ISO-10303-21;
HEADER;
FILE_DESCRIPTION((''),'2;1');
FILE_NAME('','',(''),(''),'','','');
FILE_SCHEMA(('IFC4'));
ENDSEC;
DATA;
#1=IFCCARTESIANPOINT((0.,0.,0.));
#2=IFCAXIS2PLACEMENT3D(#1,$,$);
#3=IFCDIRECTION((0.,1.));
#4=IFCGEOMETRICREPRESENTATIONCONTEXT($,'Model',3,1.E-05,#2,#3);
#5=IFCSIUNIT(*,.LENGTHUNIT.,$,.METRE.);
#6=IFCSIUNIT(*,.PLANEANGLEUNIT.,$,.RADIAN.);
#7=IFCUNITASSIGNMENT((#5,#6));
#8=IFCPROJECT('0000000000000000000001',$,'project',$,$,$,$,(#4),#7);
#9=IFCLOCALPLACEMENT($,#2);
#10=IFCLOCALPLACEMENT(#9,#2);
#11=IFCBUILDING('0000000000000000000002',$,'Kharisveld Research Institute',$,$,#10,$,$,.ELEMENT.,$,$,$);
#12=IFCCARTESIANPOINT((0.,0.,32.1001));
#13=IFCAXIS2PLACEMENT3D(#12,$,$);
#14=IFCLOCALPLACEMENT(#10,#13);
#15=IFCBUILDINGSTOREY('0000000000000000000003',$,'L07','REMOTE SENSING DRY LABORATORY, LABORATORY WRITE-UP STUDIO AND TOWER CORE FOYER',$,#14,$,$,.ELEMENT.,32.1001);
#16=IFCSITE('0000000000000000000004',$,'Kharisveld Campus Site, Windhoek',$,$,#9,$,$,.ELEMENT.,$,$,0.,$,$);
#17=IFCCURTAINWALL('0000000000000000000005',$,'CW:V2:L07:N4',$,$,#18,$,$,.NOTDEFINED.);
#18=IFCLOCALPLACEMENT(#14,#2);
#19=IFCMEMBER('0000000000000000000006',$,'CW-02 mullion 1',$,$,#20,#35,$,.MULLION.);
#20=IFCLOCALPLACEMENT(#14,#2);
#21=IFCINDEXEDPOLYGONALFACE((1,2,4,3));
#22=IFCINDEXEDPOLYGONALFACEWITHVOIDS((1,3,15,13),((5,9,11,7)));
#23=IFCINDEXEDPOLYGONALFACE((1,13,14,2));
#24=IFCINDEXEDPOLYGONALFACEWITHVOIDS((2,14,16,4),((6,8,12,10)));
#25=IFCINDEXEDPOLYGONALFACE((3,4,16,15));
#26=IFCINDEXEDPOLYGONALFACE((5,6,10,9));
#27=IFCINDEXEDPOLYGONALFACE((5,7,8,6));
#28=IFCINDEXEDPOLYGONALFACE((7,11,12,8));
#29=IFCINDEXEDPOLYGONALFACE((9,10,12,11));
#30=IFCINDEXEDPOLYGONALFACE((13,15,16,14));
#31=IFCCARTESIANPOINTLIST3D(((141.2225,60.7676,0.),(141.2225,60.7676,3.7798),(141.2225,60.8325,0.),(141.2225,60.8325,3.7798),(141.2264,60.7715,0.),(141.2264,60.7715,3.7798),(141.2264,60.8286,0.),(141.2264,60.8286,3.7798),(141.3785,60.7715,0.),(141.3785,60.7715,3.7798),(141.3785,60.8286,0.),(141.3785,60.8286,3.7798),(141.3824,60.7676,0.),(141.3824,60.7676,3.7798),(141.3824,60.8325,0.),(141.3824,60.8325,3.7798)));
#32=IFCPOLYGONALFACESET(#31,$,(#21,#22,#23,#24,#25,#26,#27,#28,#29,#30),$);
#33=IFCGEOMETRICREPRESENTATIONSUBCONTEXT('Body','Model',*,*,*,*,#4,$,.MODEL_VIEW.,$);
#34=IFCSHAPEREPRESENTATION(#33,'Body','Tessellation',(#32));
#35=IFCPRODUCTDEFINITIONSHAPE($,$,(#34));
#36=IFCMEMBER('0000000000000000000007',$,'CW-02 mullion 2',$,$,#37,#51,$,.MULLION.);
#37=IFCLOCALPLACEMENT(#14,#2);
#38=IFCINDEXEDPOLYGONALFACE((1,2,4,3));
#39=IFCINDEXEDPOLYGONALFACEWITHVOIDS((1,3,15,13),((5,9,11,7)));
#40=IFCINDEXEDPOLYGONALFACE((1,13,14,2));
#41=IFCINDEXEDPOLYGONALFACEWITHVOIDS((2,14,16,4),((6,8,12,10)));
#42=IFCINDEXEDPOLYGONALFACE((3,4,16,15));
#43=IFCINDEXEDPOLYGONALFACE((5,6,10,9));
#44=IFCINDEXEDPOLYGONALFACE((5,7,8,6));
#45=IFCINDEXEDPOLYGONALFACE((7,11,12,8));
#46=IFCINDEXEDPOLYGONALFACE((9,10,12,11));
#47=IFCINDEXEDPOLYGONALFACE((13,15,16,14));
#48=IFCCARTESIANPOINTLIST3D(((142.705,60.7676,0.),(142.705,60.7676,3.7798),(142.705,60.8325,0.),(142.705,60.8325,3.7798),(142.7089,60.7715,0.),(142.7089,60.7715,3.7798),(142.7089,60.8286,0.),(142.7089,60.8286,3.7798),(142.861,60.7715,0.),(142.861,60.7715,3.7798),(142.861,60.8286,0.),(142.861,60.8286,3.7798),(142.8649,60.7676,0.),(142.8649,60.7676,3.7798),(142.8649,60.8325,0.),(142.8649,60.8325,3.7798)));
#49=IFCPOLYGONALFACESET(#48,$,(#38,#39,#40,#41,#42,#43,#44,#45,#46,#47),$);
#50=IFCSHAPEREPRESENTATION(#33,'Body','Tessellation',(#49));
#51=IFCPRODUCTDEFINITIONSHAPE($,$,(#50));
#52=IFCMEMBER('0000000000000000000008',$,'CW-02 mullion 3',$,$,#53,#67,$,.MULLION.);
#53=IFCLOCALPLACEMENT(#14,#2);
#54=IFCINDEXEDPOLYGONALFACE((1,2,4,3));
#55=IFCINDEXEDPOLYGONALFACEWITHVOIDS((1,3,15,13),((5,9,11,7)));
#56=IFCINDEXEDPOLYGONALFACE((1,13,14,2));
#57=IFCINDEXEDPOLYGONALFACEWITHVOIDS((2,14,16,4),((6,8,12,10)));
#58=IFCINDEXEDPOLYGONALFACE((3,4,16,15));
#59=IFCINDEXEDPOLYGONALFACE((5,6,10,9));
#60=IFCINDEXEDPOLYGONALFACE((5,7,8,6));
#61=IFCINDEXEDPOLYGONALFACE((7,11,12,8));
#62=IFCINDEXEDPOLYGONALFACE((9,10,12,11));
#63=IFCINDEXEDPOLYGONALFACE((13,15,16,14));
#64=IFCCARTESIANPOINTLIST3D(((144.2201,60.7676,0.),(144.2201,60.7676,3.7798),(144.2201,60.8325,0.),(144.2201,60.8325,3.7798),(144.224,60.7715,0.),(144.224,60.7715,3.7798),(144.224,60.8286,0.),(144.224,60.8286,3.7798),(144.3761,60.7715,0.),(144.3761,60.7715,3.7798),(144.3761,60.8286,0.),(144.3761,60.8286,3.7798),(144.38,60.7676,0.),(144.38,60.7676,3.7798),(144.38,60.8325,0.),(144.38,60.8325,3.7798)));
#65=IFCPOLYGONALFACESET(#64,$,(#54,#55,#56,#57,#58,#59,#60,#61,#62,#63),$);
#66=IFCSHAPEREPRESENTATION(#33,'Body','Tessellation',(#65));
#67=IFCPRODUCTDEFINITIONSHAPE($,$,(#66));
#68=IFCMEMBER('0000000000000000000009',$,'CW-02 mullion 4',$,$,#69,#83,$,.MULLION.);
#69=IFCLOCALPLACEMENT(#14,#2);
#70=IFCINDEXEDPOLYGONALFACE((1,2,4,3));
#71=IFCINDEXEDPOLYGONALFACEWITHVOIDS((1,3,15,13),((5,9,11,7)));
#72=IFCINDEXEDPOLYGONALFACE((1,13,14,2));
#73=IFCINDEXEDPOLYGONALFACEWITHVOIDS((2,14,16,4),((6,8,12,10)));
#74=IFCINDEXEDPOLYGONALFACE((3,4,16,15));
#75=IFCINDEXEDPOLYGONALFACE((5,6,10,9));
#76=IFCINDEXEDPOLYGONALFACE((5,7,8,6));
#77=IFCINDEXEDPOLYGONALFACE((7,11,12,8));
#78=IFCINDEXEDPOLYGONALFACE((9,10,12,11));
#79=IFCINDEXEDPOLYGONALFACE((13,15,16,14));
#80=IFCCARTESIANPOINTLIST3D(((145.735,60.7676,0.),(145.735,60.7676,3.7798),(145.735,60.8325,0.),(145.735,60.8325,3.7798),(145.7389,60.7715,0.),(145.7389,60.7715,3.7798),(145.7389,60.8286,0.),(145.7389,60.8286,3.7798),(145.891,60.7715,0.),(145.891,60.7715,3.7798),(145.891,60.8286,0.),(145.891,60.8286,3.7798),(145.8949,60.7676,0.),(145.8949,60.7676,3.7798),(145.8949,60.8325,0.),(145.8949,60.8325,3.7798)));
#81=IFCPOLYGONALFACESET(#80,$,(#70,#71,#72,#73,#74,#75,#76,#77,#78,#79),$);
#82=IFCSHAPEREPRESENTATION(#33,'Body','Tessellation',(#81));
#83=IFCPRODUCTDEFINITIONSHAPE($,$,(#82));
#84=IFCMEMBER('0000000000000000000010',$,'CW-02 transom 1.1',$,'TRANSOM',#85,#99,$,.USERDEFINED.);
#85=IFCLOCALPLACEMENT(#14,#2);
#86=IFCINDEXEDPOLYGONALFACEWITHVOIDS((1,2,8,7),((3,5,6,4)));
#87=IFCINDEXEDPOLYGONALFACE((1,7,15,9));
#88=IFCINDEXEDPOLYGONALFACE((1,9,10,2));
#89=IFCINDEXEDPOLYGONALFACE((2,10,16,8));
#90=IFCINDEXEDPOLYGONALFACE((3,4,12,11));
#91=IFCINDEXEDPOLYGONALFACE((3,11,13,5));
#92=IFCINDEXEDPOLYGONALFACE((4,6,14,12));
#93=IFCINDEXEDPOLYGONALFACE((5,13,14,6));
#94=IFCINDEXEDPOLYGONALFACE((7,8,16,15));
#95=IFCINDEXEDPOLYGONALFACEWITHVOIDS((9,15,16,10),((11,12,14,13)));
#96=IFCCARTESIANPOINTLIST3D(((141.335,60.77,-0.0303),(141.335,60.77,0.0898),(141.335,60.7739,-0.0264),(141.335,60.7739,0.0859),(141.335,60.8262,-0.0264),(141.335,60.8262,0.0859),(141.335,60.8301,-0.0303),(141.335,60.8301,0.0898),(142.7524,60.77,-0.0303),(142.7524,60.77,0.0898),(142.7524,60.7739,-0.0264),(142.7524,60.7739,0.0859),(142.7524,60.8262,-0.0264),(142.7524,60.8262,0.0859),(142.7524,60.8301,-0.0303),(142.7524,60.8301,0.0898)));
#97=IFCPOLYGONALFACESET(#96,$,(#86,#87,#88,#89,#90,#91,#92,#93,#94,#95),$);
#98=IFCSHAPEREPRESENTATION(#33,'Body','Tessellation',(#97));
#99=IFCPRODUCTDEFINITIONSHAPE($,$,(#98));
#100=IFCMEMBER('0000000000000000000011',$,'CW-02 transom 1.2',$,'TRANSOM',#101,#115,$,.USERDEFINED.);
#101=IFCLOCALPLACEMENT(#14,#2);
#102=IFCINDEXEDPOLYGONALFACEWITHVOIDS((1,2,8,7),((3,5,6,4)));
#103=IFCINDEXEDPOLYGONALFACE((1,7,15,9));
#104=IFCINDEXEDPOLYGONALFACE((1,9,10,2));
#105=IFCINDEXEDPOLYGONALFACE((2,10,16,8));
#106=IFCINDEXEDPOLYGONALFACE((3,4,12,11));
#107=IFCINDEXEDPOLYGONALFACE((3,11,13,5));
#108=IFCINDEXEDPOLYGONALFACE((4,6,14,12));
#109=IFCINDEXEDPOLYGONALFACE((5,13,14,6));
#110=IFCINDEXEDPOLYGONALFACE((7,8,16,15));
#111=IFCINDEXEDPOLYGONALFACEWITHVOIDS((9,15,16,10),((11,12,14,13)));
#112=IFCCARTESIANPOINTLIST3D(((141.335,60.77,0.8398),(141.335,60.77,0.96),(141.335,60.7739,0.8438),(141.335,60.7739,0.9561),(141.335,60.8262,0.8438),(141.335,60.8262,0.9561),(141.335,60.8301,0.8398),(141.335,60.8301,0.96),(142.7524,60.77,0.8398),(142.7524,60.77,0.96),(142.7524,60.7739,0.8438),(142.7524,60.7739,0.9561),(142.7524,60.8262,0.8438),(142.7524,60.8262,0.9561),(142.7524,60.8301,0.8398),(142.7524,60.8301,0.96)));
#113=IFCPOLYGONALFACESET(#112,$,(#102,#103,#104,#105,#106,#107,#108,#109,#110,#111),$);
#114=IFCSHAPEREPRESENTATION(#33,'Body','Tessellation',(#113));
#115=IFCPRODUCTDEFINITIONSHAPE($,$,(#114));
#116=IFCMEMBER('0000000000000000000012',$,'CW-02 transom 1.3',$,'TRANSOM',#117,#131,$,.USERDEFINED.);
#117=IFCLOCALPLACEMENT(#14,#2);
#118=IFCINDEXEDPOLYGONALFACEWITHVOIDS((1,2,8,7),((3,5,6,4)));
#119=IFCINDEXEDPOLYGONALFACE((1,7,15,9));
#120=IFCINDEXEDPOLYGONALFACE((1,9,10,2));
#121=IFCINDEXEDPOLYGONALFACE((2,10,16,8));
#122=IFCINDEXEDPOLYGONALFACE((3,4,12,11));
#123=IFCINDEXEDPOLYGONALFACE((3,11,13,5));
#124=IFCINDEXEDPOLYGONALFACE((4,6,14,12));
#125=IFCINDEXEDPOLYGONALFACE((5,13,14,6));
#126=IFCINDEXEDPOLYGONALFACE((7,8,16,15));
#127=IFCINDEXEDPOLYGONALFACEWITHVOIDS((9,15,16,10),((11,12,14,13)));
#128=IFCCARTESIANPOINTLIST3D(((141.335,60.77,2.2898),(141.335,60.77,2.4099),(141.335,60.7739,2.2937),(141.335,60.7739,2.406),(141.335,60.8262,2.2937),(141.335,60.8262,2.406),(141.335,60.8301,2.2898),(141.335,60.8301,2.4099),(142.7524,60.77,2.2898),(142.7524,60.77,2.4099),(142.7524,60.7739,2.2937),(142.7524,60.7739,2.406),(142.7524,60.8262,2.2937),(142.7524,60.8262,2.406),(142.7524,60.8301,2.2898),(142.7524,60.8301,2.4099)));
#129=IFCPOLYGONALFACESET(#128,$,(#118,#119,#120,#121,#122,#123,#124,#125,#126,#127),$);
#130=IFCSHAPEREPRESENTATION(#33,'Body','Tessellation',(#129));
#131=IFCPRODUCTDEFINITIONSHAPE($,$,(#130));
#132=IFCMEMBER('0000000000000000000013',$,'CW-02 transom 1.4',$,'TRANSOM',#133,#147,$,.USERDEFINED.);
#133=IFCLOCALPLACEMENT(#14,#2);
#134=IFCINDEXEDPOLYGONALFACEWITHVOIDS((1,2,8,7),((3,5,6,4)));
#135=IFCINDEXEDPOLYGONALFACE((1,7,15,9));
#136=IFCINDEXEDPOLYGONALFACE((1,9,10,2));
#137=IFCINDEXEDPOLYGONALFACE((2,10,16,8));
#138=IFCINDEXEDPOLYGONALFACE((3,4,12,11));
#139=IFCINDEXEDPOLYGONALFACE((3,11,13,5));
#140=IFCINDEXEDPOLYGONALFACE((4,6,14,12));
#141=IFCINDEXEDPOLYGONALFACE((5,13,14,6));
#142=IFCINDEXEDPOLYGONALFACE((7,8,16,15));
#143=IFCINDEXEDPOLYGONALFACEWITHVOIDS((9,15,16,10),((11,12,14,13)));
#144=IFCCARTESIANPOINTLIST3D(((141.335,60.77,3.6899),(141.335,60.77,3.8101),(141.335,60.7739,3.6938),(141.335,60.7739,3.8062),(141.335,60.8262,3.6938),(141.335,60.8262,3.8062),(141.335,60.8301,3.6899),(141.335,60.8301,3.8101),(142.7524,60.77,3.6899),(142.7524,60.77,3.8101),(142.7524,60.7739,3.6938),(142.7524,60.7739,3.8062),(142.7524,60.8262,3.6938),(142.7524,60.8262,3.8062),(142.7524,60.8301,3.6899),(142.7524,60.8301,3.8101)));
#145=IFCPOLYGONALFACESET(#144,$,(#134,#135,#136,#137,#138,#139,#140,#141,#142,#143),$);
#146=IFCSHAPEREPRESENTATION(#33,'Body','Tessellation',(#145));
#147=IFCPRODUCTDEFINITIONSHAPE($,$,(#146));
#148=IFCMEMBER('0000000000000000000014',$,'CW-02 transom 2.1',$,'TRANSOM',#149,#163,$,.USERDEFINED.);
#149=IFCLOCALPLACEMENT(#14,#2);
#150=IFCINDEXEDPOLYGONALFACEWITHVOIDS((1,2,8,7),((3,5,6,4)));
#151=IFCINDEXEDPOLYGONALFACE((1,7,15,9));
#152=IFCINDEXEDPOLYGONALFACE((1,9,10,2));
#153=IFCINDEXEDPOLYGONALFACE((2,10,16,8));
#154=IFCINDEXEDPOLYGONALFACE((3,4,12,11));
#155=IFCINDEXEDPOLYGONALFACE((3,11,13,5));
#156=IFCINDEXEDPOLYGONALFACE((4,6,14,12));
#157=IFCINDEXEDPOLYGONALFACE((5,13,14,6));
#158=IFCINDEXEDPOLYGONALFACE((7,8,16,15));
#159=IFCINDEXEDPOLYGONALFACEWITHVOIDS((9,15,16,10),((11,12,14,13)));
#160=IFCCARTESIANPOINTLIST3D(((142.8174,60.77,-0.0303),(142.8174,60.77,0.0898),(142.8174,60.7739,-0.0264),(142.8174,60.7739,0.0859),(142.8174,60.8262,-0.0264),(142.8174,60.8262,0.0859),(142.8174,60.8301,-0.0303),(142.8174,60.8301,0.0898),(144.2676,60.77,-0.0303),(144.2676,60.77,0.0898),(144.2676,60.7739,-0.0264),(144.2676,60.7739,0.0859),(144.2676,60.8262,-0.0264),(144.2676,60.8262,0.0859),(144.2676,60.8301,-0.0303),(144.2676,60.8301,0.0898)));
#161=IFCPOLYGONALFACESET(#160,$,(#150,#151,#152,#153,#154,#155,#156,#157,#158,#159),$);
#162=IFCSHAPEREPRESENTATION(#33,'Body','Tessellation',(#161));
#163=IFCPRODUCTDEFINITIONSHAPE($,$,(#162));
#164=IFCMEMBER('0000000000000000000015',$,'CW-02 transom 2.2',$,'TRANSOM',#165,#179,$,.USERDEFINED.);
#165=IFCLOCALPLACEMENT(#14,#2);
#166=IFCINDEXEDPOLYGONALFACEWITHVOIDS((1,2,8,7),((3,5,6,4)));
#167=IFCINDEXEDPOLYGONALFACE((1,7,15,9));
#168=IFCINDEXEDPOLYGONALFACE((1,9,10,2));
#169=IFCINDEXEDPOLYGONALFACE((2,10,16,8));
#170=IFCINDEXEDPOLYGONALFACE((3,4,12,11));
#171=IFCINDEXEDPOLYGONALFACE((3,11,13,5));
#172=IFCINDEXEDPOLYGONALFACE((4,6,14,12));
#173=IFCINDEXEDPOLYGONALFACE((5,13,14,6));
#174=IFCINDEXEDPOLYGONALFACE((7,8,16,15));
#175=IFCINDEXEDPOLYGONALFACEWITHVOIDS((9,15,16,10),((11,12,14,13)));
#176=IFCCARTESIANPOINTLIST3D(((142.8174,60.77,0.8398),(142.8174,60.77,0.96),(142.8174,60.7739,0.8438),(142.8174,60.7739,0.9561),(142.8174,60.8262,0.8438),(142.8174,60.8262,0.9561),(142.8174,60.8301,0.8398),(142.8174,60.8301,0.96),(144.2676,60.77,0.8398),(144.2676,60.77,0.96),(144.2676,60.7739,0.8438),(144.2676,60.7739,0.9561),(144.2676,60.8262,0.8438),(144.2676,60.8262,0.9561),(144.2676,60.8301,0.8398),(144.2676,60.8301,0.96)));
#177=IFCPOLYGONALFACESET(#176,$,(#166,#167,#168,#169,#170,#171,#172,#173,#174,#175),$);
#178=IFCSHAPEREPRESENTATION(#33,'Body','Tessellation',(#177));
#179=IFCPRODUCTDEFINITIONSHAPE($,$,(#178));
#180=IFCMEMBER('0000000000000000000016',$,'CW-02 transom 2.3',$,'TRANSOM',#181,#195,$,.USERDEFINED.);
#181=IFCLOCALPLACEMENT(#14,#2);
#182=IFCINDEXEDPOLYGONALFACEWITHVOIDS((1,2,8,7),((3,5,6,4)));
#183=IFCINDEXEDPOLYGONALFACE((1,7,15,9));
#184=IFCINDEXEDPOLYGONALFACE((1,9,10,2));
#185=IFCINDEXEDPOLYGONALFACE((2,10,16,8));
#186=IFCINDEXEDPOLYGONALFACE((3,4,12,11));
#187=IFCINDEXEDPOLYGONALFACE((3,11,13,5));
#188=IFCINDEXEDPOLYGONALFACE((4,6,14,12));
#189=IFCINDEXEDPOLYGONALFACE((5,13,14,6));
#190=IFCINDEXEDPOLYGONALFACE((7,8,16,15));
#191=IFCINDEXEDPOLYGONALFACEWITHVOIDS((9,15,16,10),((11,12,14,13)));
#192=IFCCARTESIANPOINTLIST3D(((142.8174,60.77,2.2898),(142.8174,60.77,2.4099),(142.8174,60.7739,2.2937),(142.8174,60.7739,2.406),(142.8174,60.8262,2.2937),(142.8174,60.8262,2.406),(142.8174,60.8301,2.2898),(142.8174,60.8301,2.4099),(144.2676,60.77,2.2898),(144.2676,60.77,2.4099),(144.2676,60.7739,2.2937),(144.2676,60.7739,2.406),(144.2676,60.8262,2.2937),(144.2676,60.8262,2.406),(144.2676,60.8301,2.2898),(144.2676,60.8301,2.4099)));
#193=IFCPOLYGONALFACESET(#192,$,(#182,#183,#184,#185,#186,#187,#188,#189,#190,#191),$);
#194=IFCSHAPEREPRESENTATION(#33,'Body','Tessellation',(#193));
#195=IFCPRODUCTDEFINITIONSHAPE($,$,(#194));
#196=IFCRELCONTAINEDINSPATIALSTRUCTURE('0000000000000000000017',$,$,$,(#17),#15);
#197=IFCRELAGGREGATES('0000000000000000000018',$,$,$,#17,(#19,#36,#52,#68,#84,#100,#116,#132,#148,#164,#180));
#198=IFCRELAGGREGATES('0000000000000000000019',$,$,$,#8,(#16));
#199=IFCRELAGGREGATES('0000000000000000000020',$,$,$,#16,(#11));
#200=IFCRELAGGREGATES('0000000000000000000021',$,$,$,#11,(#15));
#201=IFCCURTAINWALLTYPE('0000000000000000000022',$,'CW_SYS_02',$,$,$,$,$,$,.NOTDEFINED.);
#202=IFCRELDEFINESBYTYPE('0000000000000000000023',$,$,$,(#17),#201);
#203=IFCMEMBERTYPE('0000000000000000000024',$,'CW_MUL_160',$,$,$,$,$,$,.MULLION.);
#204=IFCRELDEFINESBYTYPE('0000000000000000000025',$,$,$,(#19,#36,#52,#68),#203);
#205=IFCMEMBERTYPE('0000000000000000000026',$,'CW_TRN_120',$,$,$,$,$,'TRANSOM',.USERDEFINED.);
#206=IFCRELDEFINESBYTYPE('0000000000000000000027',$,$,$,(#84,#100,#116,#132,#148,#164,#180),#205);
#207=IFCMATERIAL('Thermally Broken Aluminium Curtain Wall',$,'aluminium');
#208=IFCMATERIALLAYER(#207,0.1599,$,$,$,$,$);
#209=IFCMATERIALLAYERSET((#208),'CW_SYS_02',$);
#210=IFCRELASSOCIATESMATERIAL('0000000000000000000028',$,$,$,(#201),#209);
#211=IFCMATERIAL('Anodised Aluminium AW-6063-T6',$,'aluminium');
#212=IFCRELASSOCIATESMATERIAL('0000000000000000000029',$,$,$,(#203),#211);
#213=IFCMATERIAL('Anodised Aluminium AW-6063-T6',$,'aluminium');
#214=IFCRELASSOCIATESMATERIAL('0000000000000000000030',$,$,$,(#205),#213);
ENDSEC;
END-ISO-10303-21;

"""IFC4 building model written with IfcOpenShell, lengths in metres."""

from ifc_helpers import new_model, si_unit, direction, frame, origin, origin_2d, place, context, subcontext, project, spatial, hollow_rectangle, extrude, material, layer, layer_set, material_profile, profile_set, type_object, element, aggregate, save


model = new_model("IFC4")

# Units and contexts
model_context = context("Model", 3, precision=1e-05, world=origin(), true_north=direction((0.0, 1.0)))
body_context = subcontext(model_context, "Body", "Model", "MODEL_VIEW")
ifc_project = project(units=[si_unit("LENGTHUNIT", "METRE"), si_unit("PLANEANGLEUNIT", "RADIAN")], contexts=[model_context])

# Site, building, storey
site_placement = place(None, origin())
site = spatial("IfcSite", under=ifc_project, at=site_placement, Name="Kharisveld Campus Site, Windhoek", CompositionType="ELEMENT", RefElevation=0.0)
building_placement = place(site_placement, origin())
building = spatial("IfcBuilding", under=site, at=building_placement, Name="Kharisveld Research Institute", CompositionType="ELEMENT")
storey_placement = place(building_placement, frame((0.0, 0.0, 32.1001)))
storey = spatial("IfcBuildingStorey", under=building, at=storey_placement, Name="L07", Description="REMOTE SENSING DRY LABORATORY, LABORATORY WRITE-UP STUDIO AND TOWER CORE FOYER", CompositionType="ELEMENT", Elevation=32.1001)

# Curtain wall, members
ifc_material_1 = material(Name="Thermally Broken Aluminium Curtain Wall", Category="aluminium")
ifc_layer_1 = layer(ifc_material_1, 0.1599)
ifc_layer_set_1 = layer_set([ifc_layer_1], Name="CW_SYS_02")
curtain_wall_type = type_object("IfcCurtainWallType", Name="CW_SYS_02", PredefinedType="NOTDEFINED", material=ifc_layer_set_1)
curtain_wall_placement = place(storey_placement, origin())
curtain_wall = element("IfcCurtainWall", 1, at=curtain_wall_placement, inside=storey, type_object=curtain_wall_type, Name="CW:V2:L07:N4", PredefinedType="NOTDEFINED")
ifc_material_2 = material(Name="Anodised Aluminium AW-6063-T6", Category="aluminium")
ifc_material_profile_1 = material_profile(ifc_material_2, hollow_rectangle(XDim=0.0649, YDim=0.1599, WallThickness=0.0039, at=origin_2d()))
ifc_profile_set_1 = profile_set([ifc_material_profile_1], Name="Anodised Aluminium AW-6063-T6")
member_type_1 = type_object("IfcMemberType", Name="CW_MUL_160", PredefinedType="MULLION", material=ifc_profile_set_1)
member_1_placement = place(storey_placement, frame((141.3025, 60.8, 0.0), z_axis=(0.0, 0.0, 1.0), x_axis=(0.0, 1.0, 0.0)))
member_1 = element("IfcMember", 2, at=member_1_placement, type_object=member_type_1, Name="CW-02 mullion 1", PredefinedType="MULLION", context=body_context, shape_type="SweptSolid", body=[
    extrude(hollow_rectangle(XDim=0.0649, YDim=0.1599, WallThickness=0.0039, at=origin_2d()), origin(), (0.0, 0.0, 1.0), 3.7798),
])
member_2_placement = place(storey_placement, frame((142.7849, 60.8, 0.0), z_axis=(0.0, 0.0, 1.0), x_axis=(0.0, 1.0, 0.0)))
member_2 = element("IfcMember", 3, at=member_2_placement, type_object=member_type_1, Name="CW-02 mullion 2", PredefinedType="MULLION", context=body_context, shape_type="SweptSolid", body=[
    extrude(hollow_rectangle(XDim=0.0649, YDim=0.1599, WallThickness=0.0039, at=origin_2d()), origin(), (0.0, 0.0, 1.0), 3.7798),
])
member_3_placement = place(storey_placement, frame((144.3, 60.8, 0.0), z_axis=(0.0, 0.0, 1.0), x_axis=(0.0, 1.0, 0.0)))
member_3 = element("IfcMember", 4, at=member_3_placement, type_object=member_type_1, Name="CW-02 mullion 3", PredefinedType="MULLION", context=body_context, shape_type="SweptSolid", body=[
    extrude(hollow_rectangle(XDim=0.0649, YDim=0.1599, WallThickness=0.0039, at=origin_2d()), origin(), (0.0, 0.0, 1.0), 3.7798),
])
member_4_placement = place(storey_placement, frame((145.8149, 60.8, 0.0), z_axis=(0.0, 0.0, 1.0), x_axis=(0.0, 1.0, 0.0)))
member_4 = element("IfcMember", 5, at=member_4_placement, type_object=member_type_1, Name="CW-02 mullion 4", PredefinedType="MULLION", context=body_context, shape_type="SweptSolid", body=[
    extrude(hollow_rectangle(XDim=0.0649, YDim=0.1599, WallThickness=0.0039, at=origin_2d()), origin(), (0.0, 0.0, 1.0), 3.7798),
])
ifc_material_3 = material(Name="Anodised Aluminium AW-6063-T6", Category="aluminium")
ifc_material_profile_2 = material_profile(ifc_material_3, hollow_rectangle(XDim=0.0601, YDim=0.1201, WallThickness=0.0039, at=origin_2d()))
ifc_profile_set_2 = profile_set([ifc_material_profile_2], Name="Anodised Aluminium AW-6063-T6")
member_type_2 = type_object("IfcMemberType", Name="CW_TRN_120", ElementType="TRANSOM", PredefinedType="USERDEFINED", material=ifc_profile_set_2)
member_5_placement = place(storey_placement, frame((141.335, 60.8, 0.0298), z_axis=(1.0, 0.0, 0.0), x_axis=(0.0, 1.0, 0.0)))
member_5 = element("IfcMember", 6, at=member_5_placement, type_object=member_type_2, Name="CW-02 transom 1.1", ObjectType="TRANSOM", PredefinedType="USERDEFINED", context=body_context, shape_type="SweptSolid", body=[
    extrude(hollow_rectangle(XDim=0.0601, YDim=0.1201, WallThickness=0.0039, at=origin_2d()), origin(), (0.0, 0.0, 1.0), 1.4175),
])
member_6_placement = place(storey_placement, frame((141.335, 60.8, 0.8999), z_axis=(1.0, 0.0, 0.0), x_axis=(0.0, 1.0, 0.0)))
member_6 = element("IfcMember", 7, at=member_6_placement, type_object=member_type_2, Name="CW-02 transom 1.2", ObjectType="TRANSOM", PredefinedType="USERDEFINED", context=body_context, shape_type="SweptSolid", body=[
    extrude(hollow_rectangle(XDim=0.0601, YDim=0.1201, WallThickness=0.0039, at=origin_2d()), origin(), (0.0, 0.0, 1.0), 1.4175),
])
member_7_placement = place(storey_placement, frame((141.335, 60.8, 2.3499), z_axis=(1.0, 0.0, 0.0), x_axis=(0.0, 1.0, 0.0)))
member_7 = element("IfcMember", 8, at=member_7_placement, type_object=member_type_2, Name="CW-02 transom 1.3", ObjectType="TRANSOM", PredefinedType="USERDEFINED", context=body_context, shape_type="SweptSolid", body=[
    extrude(hollow_rectangle(XDim=0.0601, YDim=0.1201, WallThickness=0.0039, at=origin_2d()), origin(), (0.0, 0.0, 1.0), 1.4175),
])
member_8_placement = place(storey_placement, frame((141.335, 60.8, 3.75), z_axis=(1.0, 0.0, 0.0), x_axis=(0.0, 1.0, 0.0)))
member_8 = element("IfcMember", 9, at=member_8_placement, type_object=member_type_2, Name="CW-02 transom 1.4", ObjectType="TRANSOM", PredefinedType="USERDEFINED", context=body_context, shape_type="SweptSolid", body=[
    extrude(hollow_rectangle(XDim=0.0601, YDim=0.1201, WallThickness=0.0039, at=origin_2d()), origin(), (0.0, 0.0, 1.0), 1.4175),
])
member_9_placement = place(storey_placement, frame((142.8174, 60.8, 0.0298), z_axis=(1.0, 0.0, 0.0), x_axis=(0.0, 1.0, 0.0)))
member_9 = element("IfcMember", 10, at=member_9_placement, type_object=member_type_2, Name="CW-02 transom 2.1", ObjectType="TRANSOM", PredefinedType="USERDEFINED", context=body_context, shape_type="SweptSolid", body=[
    extrude(hollow_rectangle(XDim=0.0601, YDim=0.1201, WallThickness=0.0039, at=origin_2d()), origin(), (0.0, 0.0, 1.0), 1.4502),
])
member_10_placement = place(storey_placement, frame((142.8174, 60.8, 0.8999), z_axis=(1.0, 0.0, 0.0), x_axis=(0.0, 1.0, 0.0)))
member_10 = element("IfcMember", 11, at=member_10_placement, type_object=member_type_2, Name="CW-02 transom 2.2", ObjectType="TRANSOM", PredefinedType="USERDEFINED", context=body_context, shape_type="SweptSolid", body=[
    extrude(hollow_rectangle(XDim=0.0601, YDim=0.1201, WallThickness=0.0039, at=origin_2d()), origin(), (0.0, 0.0, 1.0), 1.4502),
])
member_11_placement = place(storey_placement, frame((142.8174, 60.8, 2.3499), z_axis=(1.0, 0.0, 0.0), x_axis=(0.0, 1.0, 0.0)))
member_11 = element("IfcMember", 12, at=member_11_placement, type_object=member_type_2, Name="CW-02 transom 2.3", ObjectType="TRANSOM", PredefinedType="USERDEFINED", context=body_context, shape_type="SweptSolid", body=[
    extrude(hollow_rectangle(XDim=0.0601, YDim=0.1201, WallThickness=0.0039, at=origin_2d()), origin(), (0.0, 0.0, 1.0), 1.4502),
])
aggregate(curtain_wall, [member_1, member_2, member_3, member_4, member_5, member_6, member_7, member_8, member_9, member_10, member_11])

save(model, "model.ifc")
